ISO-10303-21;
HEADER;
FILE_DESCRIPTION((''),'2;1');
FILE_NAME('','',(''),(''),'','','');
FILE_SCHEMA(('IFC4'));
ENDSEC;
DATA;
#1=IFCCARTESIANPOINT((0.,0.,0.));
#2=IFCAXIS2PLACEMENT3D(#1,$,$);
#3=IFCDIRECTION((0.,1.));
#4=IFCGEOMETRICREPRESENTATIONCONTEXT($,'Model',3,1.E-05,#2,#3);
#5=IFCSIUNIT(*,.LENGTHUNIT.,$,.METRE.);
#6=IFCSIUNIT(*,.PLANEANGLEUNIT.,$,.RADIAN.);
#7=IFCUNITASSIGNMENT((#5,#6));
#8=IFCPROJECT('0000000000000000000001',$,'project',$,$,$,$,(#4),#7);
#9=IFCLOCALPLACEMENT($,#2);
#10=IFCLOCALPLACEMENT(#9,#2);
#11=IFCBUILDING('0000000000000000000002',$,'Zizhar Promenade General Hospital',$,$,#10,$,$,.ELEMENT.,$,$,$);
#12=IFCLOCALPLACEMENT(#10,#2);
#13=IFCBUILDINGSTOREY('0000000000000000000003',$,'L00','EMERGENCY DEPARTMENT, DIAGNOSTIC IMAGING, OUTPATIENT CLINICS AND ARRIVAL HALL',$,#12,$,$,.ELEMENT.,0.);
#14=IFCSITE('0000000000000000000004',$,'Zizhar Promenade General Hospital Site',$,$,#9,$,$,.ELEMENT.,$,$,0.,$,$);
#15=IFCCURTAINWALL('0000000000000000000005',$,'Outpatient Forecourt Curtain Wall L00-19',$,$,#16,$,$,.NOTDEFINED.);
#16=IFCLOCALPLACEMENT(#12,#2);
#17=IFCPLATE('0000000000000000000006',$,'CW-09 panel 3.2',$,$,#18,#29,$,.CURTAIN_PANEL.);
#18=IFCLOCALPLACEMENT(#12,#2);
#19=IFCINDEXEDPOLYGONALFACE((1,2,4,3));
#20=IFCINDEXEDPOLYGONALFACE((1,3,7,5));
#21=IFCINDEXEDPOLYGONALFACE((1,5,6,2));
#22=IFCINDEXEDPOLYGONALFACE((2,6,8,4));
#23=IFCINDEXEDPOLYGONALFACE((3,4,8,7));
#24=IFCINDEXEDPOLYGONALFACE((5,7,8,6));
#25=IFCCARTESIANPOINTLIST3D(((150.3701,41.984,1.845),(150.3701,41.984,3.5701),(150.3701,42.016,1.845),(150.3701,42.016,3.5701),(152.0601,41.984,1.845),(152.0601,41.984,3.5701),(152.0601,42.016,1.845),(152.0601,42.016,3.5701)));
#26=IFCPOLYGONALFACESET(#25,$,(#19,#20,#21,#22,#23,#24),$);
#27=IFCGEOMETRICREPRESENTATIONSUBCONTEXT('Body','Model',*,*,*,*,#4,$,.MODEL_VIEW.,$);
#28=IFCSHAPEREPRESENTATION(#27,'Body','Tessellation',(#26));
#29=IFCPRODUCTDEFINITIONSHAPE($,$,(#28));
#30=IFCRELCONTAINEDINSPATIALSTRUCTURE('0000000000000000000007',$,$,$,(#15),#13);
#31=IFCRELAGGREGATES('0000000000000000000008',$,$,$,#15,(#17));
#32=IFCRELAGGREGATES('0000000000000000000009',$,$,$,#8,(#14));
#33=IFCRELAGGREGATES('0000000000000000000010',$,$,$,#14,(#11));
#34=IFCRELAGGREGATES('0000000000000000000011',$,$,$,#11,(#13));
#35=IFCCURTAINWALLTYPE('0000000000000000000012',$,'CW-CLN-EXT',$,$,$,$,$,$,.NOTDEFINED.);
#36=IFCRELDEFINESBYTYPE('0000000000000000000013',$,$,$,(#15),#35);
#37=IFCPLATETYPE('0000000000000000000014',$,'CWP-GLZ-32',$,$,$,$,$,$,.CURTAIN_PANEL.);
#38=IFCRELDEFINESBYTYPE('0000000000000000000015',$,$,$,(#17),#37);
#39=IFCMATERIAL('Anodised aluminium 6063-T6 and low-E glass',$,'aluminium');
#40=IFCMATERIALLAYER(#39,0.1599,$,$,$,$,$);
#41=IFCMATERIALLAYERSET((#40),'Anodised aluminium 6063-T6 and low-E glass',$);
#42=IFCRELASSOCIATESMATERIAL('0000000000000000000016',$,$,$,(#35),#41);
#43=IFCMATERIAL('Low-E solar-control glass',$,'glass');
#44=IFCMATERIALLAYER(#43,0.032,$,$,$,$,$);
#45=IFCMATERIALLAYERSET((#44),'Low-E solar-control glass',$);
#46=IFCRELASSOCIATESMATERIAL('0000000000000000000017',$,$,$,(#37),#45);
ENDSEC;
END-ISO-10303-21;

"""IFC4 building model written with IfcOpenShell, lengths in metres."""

from ifc_helpers import new_model, si_unit, direction, frame, origin, origin_2d, place, context, subcontext, project, spatial, rectangle, extrude, material, layer, layer_set, type_object, element, aggregate, save


model = new_model("IFC4")

# Units and contexts
model_context = context("Model", 3, precision=1e-05, world=origin(), true_north=direction((0.0, 1.0)))
body_context = subcontext(model_context, "Body", "Model", "MODEL_VIEW")
ifc_project = project(units=[si_unit("LENGTHUNIT", "METRE"), si_unit("PLANEANGLEUNIT", "RADIAN")], contexts=[model_context])

# Site, building, storey
site_placement = place(None, origin())
site = spatial("IfcSite", under=ifc_project, at=site_placement, Name="Zizhar Promenade General Hospital Site", CompositionType="ELEMENT", RefElevation=0.0)
building_placement = place(site_placement, origin())
building = spatial("IfcBuilding", under=site, at=building_placement, Name="Zizhar Promenade General Hospital", CompositionType="ELEMENT")
storey_placement = place(building_placement, origin())
storey = spatial("IfcBuildingStorey", under=building, at=storey_placement, Name="L00", Description="EMERGENCY DEPARTMENT, DIAGNOSTIC IMAGING, OUTPATIENT CLINICS AND ARRIVAL HALL", CompositionType="ELEMENT", Elevation=0.0)

# Curtain wall, plate
ifc_material_1 = material(Name="Anodised aluminium 6063-T6 and low-E glass", Category="aluminium")
ifc_layer_1 = layer(ifc_material_1, 0.1599)
ifc_layer_set_1 = layer_set([ifc_layer_1], Name="Anodised aluminium 6063-T6 and low-E glass")
curtain_wall_type = type_object("IfcCurtainWallType", Name="CW-CLN-EXT", PredefinedType="NOTDEFINED", material=ifc_layer_set_1)
curtain_wall_placement = place(storey_placement, origin())
curtain_wall = element("IfcCurtainWall", 1, at=curtain_wall_placement, inside=storey, type_object=curtain_wall_type, Name="Outpatient Forecourt Curtain Wall L00-19", PredefinedType="NOTDEFINED")
ifc_material_2 = material(Name="Low-E solar-control glass", Category="glass")
ifc_layer_2 = layer(ifc_material_2, 0.032)
ifc_layer_set_2 = layer_set([ifc_layer_2], Name="Low-E solar-control glass")
plate_type = type_object("IfcPlateType", Name="CWP-GLZ-32", PredefinedType="CURTAIN_PANEL", material=ifc_layer_set_2)
plate_1_placement = place(storey_placement, frame((151.2151, 42.0, 1.845), z_axis=(0.0, 0.0, 1.0), x_axis=(-1.0, 0.0, 0.0)))
plate_1 = element("IfcPlate", 2, at=plate_1_placement, type_object=plate_type, Name="CW-09 panel 3.2", PredefinedType="CURTAIN_PANEL", context=body_context, shape_type="SweptSolid", body=[
    extrude(rectangle(XDim=1.6899, YDim=0.032, at=origin_2d()), origin(), (0.0, 0.0, 1.0), 1.7251),
])
aggregate(curtain_wall, [plate_1])

save(model, "model.ifc")
